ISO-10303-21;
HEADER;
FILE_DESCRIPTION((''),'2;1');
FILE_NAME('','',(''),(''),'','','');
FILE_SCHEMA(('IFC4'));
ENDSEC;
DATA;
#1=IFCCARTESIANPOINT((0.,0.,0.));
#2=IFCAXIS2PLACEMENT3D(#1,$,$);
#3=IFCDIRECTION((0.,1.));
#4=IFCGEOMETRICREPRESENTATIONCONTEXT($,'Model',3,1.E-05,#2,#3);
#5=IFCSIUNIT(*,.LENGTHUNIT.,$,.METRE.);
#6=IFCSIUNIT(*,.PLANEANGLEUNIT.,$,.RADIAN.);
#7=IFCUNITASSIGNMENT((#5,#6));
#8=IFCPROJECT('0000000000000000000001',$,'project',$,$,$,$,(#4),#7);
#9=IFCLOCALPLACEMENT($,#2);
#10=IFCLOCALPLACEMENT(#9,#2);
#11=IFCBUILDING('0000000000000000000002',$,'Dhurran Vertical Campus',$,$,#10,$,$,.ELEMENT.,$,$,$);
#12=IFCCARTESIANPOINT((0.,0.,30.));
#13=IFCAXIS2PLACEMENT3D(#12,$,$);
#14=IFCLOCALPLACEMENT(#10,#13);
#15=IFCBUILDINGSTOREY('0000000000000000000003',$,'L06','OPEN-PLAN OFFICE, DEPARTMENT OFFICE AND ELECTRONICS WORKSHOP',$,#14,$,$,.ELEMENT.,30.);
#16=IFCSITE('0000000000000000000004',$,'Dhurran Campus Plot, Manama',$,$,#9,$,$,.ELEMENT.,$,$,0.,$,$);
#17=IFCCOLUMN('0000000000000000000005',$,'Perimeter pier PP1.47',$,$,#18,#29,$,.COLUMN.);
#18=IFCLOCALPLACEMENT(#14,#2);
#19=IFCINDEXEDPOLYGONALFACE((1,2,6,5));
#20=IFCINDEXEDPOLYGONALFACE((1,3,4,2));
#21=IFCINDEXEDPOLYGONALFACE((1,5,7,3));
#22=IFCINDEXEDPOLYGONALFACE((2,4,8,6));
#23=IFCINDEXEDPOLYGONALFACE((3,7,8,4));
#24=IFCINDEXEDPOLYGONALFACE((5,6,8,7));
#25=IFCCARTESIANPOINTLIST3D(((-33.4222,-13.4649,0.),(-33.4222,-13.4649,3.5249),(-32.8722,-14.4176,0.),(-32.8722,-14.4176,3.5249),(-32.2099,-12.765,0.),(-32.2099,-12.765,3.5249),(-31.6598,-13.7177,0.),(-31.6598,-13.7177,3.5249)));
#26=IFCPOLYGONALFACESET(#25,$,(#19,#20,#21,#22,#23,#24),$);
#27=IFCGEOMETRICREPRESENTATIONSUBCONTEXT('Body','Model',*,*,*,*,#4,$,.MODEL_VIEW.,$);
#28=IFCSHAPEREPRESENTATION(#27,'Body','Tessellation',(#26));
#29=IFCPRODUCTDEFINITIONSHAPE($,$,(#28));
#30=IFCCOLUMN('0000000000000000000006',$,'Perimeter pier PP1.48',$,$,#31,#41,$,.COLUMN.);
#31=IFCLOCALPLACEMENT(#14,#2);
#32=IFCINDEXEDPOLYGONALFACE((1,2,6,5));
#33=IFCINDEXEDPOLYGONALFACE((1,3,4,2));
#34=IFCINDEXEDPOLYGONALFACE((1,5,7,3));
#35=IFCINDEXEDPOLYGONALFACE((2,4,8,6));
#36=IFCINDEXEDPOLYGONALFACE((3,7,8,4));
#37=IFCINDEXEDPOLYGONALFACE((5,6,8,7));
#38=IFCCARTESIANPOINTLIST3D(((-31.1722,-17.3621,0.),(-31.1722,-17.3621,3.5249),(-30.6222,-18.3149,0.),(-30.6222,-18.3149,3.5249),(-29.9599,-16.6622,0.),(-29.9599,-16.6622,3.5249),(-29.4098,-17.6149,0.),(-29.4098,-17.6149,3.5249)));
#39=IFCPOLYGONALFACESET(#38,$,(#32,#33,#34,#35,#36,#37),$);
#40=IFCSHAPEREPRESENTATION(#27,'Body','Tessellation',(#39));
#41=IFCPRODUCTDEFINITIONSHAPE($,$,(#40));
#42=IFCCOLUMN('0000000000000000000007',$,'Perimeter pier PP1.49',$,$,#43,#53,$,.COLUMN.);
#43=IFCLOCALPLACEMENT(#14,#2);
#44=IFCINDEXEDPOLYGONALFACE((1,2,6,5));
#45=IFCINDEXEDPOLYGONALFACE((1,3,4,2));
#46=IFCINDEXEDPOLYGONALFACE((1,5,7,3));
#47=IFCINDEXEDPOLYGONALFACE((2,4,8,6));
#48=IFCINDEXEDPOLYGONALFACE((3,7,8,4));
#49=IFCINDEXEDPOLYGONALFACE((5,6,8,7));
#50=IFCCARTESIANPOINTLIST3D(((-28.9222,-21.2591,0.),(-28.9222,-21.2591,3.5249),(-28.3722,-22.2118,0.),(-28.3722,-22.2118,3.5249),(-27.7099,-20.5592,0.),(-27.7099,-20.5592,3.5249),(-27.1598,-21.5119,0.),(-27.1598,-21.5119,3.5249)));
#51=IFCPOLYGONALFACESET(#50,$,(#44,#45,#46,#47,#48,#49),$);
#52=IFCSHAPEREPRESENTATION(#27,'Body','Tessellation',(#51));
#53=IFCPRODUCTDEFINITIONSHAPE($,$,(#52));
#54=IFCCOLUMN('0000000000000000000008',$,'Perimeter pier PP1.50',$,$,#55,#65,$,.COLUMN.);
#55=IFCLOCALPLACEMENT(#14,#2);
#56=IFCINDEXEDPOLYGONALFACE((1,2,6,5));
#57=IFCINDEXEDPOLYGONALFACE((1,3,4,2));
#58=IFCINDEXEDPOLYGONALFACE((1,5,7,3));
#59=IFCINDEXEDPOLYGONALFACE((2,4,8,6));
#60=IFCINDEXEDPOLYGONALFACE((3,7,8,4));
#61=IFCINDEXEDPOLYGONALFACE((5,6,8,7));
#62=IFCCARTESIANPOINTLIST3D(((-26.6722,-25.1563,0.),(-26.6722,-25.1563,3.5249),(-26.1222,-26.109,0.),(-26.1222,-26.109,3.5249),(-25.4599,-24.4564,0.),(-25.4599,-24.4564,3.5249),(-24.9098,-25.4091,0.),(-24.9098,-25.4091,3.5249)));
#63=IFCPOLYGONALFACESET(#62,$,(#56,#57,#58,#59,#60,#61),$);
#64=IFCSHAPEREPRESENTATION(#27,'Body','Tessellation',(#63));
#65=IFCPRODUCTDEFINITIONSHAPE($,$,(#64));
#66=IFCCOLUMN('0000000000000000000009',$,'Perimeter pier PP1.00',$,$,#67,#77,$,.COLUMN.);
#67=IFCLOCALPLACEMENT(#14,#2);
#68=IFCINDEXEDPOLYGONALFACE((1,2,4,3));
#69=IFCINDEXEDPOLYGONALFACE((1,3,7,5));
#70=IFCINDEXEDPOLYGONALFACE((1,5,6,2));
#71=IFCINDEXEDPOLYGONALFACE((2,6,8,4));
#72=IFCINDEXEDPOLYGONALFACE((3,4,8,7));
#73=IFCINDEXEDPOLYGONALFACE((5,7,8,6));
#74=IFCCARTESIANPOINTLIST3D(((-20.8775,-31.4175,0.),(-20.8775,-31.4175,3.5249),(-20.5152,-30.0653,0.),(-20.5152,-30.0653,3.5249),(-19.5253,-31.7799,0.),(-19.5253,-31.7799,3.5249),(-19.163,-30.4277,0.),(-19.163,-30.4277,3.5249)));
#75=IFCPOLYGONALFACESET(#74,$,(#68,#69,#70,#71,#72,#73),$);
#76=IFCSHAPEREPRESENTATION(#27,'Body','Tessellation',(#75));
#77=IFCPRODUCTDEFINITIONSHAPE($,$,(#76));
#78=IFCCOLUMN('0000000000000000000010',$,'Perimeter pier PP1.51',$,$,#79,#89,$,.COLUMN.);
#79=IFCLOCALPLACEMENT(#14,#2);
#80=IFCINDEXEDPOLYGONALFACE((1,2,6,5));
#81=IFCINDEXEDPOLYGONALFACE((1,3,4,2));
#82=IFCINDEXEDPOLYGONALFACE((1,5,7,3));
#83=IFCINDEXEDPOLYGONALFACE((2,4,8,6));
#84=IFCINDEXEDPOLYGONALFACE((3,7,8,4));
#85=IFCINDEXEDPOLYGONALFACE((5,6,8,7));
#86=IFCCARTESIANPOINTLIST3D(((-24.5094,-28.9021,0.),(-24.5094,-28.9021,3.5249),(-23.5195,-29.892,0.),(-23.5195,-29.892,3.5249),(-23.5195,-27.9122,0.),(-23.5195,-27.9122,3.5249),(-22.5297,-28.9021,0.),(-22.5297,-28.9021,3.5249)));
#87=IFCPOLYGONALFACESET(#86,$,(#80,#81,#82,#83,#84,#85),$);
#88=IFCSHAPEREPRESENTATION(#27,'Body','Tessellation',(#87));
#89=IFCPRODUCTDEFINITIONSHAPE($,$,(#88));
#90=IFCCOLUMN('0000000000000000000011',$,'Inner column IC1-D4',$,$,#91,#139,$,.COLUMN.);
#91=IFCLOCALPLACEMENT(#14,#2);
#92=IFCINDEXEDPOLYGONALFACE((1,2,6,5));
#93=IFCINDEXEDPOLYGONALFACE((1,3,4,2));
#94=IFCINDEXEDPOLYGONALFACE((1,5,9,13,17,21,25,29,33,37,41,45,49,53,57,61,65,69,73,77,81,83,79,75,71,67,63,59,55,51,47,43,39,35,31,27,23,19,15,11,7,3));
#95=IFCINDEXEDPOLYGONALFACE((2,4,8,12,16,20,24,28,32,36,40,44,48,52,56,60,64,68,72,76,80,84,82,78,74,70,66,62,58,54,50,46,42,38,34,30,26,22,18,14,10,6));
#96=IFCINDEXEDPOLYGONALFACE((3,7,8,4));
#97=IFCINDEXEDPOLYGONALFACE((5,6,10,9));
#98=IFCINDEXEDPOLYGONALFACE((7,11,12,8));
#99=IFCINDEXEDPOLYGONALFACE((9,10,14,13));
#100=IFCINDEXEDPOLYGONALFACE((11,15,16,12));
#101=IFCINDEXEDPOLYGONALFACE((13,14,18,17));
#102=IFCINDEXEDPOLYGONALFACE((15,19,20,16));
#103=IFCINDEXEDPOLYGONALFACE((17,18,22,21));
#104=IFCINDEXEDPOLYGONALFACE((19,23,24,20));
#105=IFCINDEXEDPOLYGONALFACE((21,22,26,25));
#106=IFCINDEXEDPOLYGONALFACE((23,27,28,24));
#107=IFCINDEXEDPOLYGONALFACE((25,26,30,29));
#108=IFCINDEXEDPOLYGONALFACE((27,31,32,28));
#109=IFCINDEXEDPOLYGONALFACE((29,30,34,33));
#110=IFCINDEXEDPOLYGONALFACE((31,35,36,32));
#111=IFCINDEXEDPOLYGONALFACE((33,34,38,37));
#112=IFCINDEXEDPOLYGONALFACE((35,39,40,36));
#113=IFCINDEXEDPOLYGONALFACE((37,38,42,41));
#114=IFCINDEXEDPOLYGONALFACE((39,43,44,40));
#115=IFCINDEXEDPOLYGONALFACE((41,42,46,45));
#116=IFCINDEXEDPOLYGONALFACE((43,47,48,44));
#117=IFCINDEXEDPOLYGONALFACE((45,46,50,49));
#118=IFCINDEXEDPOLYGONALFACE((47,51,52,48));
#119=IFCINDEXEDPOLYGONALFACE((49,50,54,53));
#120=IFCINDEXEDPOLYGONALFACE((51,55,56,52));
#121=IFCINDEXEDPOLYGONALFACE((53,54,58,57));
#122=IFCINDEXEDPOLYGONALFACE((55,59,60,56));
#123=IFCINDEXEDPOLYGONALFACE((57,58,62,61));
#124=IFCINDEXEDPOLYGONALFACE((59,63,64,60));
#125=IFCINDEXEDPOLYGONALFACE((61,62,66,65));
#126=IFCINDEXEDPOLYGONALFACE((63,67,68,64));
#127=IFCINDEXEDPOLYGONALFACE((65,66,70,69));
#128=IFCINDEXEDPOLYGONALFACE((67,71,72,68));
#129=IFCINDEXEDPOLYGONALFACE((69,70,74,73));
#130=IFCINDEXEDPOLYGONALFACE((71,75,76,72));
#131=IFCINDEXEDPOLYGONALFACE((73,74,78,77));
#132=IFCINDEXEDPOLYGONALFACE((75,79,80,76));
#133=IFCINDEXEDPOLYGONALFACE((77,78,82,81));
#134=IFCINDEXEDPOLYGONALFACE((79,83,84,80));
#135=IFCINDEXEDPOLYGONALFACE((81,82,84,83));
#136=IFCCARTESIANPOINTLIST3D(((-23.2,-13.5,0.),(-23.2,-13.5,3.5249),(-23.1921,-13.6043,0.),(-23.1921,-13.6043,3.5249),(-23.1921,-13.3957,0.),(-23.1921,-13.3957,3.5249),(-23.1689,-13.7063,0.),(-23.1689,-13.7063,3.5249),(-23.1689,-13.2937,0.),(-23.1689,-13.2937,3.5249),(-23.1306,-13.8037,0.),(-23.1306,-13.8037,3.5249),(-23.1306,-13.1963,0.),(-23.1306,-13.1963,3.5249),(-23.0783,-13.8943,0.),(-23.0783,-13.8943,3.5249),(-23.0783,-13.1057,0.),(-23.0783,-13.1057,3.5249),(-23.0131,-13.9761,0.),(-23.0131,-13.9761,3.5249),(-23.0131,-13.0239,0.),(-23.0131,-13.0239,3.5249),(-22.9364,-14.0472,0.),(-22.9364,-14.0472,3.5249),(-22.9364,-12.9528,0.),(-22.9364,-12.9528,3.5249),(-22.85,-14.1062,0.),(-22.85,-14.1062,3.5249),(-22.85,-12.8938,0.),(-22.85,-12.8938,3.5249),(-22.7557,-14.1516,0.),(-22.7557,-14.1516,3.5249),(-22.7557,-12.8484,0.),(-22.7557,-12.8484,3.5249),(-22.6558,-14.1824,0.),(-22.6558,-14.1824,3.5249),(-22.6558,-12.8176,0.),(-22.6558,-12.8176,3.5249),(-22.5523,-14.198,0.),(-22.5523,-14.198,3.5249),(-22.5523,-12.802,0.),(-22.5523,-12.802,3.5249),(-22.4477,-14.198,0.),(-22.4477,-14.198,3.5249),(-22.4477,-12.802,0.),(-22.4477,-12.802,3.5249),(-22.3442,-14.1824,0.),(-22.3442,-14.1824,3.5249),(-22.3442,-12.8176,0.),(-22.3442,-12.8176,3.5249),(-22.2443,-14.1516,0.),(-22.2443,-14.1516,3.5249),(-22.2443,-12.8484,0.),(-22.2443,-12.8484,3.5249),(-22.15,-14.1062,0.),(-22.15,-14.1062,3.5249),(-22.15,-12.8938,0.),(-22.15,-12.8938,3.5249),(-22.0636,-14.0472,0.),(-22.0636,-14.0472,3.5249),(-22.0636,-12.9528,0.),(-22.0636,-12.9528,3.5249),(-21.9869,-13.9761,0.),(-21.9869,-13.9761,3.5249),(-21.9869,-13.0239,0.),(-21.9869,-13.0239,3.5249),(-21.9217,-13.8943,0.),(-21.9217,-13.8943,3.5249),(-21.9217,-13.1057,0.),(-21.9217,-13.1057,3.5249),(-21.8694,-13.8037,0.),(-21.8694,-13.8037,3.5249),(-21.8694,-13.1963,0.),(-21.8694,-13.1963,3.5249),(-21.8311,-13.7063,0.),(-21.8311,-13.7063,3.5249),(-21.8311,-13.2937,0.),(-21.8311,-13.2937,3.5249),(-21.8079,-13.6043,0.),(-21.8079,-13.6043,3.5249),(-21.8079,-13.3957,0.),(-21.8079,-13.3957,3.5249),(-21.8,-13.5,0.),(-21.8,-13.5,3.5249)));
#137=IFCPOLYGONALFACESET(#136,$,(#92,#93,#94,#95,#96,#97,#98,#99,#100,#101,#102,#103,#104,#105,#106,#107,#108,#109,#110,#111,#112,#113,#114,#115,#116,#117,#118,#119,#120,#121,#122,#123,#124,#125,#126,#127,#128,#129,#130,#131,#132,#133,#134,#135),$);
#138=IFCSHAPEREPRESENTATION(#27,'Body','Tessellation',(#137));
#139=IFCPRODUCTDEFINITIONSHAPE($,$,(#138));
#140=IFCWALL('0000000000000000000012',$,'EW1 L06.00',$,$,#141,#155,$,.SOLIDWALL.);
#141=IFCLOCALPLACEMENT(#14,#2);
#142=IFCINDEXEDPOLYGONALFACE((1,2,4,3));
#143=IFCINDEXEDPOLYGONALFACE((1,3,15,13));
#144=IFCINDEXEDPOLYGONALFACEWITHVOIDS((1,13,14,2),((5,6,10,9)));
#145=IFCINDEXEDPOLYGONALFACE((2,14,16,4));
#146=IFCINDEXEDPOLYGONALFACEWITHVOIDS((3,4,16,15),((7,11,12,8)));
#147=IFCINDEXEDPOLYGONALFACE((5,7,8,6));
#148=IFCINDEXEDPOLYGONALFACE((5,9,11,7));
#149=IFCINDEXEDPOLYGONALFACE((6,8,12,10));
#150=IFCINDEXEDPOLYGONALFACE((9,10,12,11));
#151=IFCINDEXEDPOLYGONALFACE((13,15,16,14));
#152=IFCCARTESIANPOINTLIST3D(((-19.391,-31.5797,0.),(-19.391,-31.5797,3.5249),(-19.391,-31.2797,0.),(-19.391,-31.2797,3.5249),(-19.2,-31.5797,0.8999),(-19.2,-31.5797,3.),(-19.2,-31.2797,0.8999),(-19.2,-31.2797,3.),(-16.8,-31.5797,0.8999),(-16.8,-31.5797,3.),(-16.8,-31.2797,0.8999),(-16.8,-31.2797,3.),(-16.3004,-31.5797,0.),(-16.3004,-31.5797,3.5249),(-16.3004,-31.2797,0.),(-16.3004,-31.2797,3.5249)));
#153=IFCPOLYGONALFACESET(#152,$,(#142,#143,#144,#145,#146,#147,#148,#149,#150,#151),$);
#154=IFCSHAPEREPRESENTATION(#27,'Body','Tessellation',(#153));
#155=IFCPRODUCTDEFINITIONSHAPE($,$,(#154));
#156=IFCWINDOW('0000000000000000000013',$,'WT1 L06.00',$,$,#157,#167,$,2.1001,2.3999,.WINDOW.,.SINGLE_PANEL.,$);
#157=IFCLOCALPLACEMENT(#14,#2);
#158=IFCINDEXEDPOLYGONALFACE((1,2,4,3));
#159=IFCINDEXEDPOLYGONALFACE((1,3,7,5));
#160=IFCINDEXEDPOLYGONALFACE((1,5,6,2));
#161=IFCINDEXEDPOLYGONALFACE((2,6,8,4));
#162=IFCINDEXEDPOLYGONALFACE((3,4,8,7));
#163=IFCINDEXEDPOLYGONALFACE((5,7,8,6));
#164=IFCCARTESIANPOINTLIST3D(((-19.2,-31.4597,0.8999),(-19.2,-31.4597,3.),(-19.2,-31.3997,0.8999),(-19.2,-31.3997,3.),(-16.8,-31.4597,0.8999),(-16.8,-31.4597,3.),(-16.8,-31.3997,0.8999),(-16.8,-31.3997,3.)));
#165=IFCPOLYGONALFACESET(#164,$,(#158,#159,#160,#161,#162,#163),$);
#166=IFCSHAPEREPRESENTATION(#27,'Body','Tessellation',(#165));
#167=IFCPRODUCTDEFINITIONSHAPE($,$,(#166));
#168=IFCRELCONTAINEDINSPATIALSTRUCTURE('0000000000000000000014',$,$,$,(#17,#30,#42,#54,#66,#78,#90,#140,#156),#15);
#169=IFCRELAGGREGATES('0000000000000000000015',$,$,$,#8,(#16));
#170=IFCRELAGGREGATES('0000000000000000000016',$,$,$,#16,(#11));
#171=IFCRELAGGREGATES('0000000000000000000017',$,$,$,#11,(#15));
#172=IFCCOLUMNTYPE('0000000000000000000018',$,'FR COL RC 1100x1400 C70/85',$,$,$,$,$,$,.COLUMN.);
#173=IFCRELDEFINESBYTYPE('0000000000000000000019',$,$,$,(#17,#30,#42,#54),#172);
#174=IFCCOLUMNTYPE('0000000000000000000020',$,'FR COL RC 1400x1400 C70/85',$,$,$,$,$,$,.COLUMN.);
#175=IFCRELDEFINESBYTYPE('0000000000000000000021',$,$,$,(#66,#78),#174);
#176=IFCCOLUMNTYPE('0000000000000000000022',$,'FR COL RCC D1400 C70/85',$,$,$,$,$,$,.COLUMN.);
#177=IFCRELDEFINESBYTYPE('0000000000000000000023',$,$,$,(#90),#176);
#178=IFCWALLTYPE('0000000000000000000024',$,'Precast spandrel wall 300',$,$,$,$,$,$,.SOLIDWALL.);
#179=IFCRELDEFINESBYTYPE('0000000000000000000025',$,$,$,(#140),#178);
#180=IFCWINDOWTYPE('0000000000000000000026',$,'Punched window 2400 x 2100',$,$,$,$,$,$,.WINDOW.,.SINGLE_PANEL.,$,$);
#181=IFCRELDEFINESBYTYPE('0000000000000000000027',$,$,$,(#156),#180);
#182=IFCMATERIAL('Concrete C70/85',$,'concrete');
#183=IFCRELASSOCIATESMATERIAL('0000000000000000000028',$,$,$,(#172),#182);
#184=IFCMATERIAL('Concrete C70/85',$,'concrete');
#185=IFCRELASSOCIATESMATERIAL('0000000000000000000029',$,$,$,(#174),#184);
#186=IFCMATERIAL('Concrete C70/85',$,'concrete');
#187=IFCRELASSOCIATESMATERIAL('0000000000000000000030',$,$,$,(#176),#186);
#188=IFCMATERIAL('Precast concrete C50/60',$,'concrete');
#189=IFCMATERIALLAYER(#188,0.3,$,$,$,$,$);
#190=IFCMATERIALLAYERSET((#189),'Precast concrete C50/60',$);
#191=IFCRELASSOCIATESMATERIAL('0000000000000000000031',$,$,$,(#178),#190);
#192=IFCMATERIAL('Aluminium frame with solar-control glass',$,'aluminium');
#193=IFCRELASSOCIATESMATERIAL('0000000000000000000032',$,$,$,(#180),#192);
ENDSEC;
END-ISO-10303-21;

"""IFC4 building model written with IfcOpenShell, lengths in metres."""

from ifc_helpers import new_model, si_unit, direction, frame, frame_2d, origin, origin_2d, place, context, subcontext, project, spatial, rectangle, circle, extrude, material, layer, layer_set, material_profile, profile_set, type_object, element, fill, save


model = new_model("IFC4")

# Units and contexts
model_context = context("Model", 3, precision=1e-05, world=origin(), true_north=direction((0.0, 1.0)))
body_context = subcontext(model_context, "Body", "Model", "MODEL_VIEW")
ifc_project = project(units=[si_unit("LENGTHUNIT", "METRE"), si_unit("PLANEANGLEUNIT", "RADIAN")], contexts=[model_context])

# Site, building, storey
site_placement = place(None, origin())
site = spatial("IfcSite", under=ifc_project, at=site_placement, Name="Dhurran Campus Plot, Manama", CompositionType="ELEMENT", RefElevation=0.0)
building_placement = place(site_placement, origin())
building = spatial("IfcBuilding", under=site, at=building_placement, Name="Dhurran Vertical Campus", CompositionType="ELEMENT")
storey_placement = place(building_placement, frame((0.0, 0.0, 30.0)))
storey = spatial("IfcBuildingStorey", under=building, at=storey_placement, Name="L06", Description="OPEN-PLAN OFFICE, DEPARTMENT OFFICE AND ELECTRONICS WORKSHOP", CompositionType="ELEMENT", Elevation=30.0)

# Columns
ifc_material_1 = material(Name="Concrete C70/85", Category="concrete")
ifc_material_profile_1 = material_profile(ifc_material_1, rectangle(XDim=1.1001, YDim=1.3999, at=origin_2d()), Name="RC 1100x1400")
ifc_profile_set_1 = profile_set([ifc_material_profile_1], Name="Concrete C70/85")
column_type_1 = type_object("IfcColumnType", Name="FR COL RC 1100x1400 C70/85", PredefinedType="COLUMN", material=ifc_profile_set_1)
for number, where, z_axis, x_axis, name in (
    (1, (-32.541, -13.5913, 0.0), (0.0, 0.0, 1.0), (0.5, -0.866025, 0.0), "Perimeter pier PP1.47"),
    (2, (-30.291, -17.4885, 0.0), (0.0, 0.0, 1.0), (0.5, -0.866025, 0.0), "Perimeter pier PP1.48"),
    (3, (-28.041, -21.3855, 0.0), (0.0, 0.0, 1.0), (0.5, -0.866025, 0.0), "Perimeter pier PP1.49"),
    (4, (-25.791, -25.2827, 0.0), (0.0, 0.0, 1.0), (0.5, -0.866025, 0.0), "Perimeter pier PP1.50"),
):
    element("IfcColumn", number, at=place(storey_placement, frame(where, z_axis=z_axis, x_axis=x_axis)), inside=storey, type_object=column_type_1, Name=name, PredefinedType="COLUMN", context=body_context, shape_type="SweptSolid", body=[
        extrude(rectangle(XDim=1.1001, YDim=1.3999, at=origin_2d()), origin(), (0.0, 0.0, 1.0), 3.5249),
    ])
ifc_material_2 = material(Name="Concrete C70/85", Category="concrete")
ifc_material_profile_2 = material_profile(ifc_material_2, rectangle(XDim=1.3999, YDim=1.3999, at=origin_2d()), Name="RC 1400x1400")
ifc_profile_set_2 = profile_set([ifc_material_profile_2], Name="Concrete C70/85")
column_type_2 = type_object("IfcColumnType", Name="FR COL RC 1400x1400 C70/85", PredefinedType="COLUMN", material=ifc_profile_set_2)
for number, where, z_axis, x_axis, name in (
    (5, (-20.0203, -30.9226, 0.0), (0.0, 0.0, 1.0), (0.965926, -0.258819, 0.0), "Perimeter pier PP1.00"),
    (6, (-23.5195, -28.9021, 0.0), (0.0, 0.0, 1.0), (0.707107, -0.707107, 0.0), "Perimeter pier PP1.51"),
):
    element("IfcColumn", number, at=place(storey_placement, frame(where, z_axis=z_axis, x_axis=x_axis)), inside=storey, type_object=column_type_2, Name=name, PredefinedType="COLUMN", context=body_context, shape_type="SweptSolid", body=[
        extrude(rectangle(XDim=1.3999, YDim=1.3999, at=origin_2d()), origin(), (0.0, 0.0, 1.0), 3.5249),
    ])
ifc_material_3 = material(Name="Concrete C70/85", Category="concrete")
ifc_material_profile_3 = material_profile(ifc_material_3, circle(Radius=0.7, at=origin_2d()), Name="RCC D1400")
ifc_profile_set_3 = profile_set([ifc_material_profile_3], Name="Concrete C70/85")
column_type_3 = type_object("IfcColumnType", Name="FR COL RCC D1400 C70/85", PredefinedType="COLUMN", material=ifc_profile_set_3)
column_placement = place(storey_placement, frame((-22.5, -13.5, 0.0), z_axis=(0.0, 0.0, 1.0), x_axis=(1.0, 0.0, 0.0)))
element("IfcColumn", 7, at=column_placement, inside=storey, type_object=column_type_3, Name="Inner column IC1-D4", PredefinedType="COLUMN", context=body_context, shape_type="SweptSolid", body=[
    extrude(circle(Radius=0.7, at=origin_2d()), origin(), (0.0, 0.0, 1.0), 3.5249),
])

# Wall, opening, window
ifc_material_4 = material(Name="Precast concrete C50/60", Category="concrete")
ifc_layer_1 = layer(ifc_material_4, 0.3)
ifc_layer_set_1 = layer_set([ifc_layer_1], Name="Precast concrete C50/60")
wall_type_1 = type_object("IfcWallType", Name="Precast spandrel wall 300", PredefinedType="SOLIDWALL", material=ifc_layer_set_1)
wall_1_placement = place(storey_placement, frame((-19.3911, -31.4297, 0.0), z_axis=(0.0, 0.0, 1.0), x_axis=(1.0, 0.0, 0.0)))
wall_1 = element("IfcWall", 8, at=wall_1_placement, inside=storey, type_object=wall_type_1, Name="EW1 L06.00", PredefinedType="SOLIDWALL", context=body_context, shape_type="SweptSolid", body=[
    extrude(rectangle(XDim=3.0906, YDim=0.3, at=frame_2d((1.5454, 0.0))), origin(), (0.0, 0.0, 1.0), 3.5249),
])
opening_1_placement = place(wall_1_placement, frame((0.1912, 0.0, 0.8999)))
opening_1 = element("IfcOpeningElement", 9, at=opening_1_placement, cuts=wall_1, PredefinedType="OPENING", context=body_context, shape_type="SweptSolid", body=[
    extrude(rectangle(XDim=2.3999, YDim=2.1001, at=frame_2d((1.2, 1.05))), frame((0.0, 0.1599, 0.0), z_axis=(0.0, -1.0, 0.0), x_axis=(1.0, 0.0, 0.0)), (0.0, 0.0, 1.0), 0.3201),
])
ifc_material_5 = material(Name="Aluminium frame with solar-control glass", Category="aluminium")
window_type = type_object("IfcWindowType", Name="Punched window 2400 x 2100", PartitioningType="SINGLE_PANEL", PredefinedType="WINDOW", material=ifc_material_5)
window_1_placement = place(opening_1_placement, origin())
window_1 = element("IfcWindow", 10, at=window_1_placement, inside=storey, type_object=window_type, Name="WT1 L06.00", OverallHeight=2.1001, OverallWidth=2.3999, PartitioningType="SINGLE_PANEL", PredefinedType="WINDOW", context=body_context, shape_type="SweptSolid", body=[
    extrude(rectangle(XDim=2.3999, YDim=2.1001, at=frame_2d((1.2, 1.05))), frame((0.0, 0.03, 0.0), z_axis=(0.0, -1.0, 0.0), x_axis=(1.0, 0.0, 0.0)), (0.0, 0.0, 1.0), 0.0601),
])
fill(opening_1, window_1)

save(model, "model.ifc")
